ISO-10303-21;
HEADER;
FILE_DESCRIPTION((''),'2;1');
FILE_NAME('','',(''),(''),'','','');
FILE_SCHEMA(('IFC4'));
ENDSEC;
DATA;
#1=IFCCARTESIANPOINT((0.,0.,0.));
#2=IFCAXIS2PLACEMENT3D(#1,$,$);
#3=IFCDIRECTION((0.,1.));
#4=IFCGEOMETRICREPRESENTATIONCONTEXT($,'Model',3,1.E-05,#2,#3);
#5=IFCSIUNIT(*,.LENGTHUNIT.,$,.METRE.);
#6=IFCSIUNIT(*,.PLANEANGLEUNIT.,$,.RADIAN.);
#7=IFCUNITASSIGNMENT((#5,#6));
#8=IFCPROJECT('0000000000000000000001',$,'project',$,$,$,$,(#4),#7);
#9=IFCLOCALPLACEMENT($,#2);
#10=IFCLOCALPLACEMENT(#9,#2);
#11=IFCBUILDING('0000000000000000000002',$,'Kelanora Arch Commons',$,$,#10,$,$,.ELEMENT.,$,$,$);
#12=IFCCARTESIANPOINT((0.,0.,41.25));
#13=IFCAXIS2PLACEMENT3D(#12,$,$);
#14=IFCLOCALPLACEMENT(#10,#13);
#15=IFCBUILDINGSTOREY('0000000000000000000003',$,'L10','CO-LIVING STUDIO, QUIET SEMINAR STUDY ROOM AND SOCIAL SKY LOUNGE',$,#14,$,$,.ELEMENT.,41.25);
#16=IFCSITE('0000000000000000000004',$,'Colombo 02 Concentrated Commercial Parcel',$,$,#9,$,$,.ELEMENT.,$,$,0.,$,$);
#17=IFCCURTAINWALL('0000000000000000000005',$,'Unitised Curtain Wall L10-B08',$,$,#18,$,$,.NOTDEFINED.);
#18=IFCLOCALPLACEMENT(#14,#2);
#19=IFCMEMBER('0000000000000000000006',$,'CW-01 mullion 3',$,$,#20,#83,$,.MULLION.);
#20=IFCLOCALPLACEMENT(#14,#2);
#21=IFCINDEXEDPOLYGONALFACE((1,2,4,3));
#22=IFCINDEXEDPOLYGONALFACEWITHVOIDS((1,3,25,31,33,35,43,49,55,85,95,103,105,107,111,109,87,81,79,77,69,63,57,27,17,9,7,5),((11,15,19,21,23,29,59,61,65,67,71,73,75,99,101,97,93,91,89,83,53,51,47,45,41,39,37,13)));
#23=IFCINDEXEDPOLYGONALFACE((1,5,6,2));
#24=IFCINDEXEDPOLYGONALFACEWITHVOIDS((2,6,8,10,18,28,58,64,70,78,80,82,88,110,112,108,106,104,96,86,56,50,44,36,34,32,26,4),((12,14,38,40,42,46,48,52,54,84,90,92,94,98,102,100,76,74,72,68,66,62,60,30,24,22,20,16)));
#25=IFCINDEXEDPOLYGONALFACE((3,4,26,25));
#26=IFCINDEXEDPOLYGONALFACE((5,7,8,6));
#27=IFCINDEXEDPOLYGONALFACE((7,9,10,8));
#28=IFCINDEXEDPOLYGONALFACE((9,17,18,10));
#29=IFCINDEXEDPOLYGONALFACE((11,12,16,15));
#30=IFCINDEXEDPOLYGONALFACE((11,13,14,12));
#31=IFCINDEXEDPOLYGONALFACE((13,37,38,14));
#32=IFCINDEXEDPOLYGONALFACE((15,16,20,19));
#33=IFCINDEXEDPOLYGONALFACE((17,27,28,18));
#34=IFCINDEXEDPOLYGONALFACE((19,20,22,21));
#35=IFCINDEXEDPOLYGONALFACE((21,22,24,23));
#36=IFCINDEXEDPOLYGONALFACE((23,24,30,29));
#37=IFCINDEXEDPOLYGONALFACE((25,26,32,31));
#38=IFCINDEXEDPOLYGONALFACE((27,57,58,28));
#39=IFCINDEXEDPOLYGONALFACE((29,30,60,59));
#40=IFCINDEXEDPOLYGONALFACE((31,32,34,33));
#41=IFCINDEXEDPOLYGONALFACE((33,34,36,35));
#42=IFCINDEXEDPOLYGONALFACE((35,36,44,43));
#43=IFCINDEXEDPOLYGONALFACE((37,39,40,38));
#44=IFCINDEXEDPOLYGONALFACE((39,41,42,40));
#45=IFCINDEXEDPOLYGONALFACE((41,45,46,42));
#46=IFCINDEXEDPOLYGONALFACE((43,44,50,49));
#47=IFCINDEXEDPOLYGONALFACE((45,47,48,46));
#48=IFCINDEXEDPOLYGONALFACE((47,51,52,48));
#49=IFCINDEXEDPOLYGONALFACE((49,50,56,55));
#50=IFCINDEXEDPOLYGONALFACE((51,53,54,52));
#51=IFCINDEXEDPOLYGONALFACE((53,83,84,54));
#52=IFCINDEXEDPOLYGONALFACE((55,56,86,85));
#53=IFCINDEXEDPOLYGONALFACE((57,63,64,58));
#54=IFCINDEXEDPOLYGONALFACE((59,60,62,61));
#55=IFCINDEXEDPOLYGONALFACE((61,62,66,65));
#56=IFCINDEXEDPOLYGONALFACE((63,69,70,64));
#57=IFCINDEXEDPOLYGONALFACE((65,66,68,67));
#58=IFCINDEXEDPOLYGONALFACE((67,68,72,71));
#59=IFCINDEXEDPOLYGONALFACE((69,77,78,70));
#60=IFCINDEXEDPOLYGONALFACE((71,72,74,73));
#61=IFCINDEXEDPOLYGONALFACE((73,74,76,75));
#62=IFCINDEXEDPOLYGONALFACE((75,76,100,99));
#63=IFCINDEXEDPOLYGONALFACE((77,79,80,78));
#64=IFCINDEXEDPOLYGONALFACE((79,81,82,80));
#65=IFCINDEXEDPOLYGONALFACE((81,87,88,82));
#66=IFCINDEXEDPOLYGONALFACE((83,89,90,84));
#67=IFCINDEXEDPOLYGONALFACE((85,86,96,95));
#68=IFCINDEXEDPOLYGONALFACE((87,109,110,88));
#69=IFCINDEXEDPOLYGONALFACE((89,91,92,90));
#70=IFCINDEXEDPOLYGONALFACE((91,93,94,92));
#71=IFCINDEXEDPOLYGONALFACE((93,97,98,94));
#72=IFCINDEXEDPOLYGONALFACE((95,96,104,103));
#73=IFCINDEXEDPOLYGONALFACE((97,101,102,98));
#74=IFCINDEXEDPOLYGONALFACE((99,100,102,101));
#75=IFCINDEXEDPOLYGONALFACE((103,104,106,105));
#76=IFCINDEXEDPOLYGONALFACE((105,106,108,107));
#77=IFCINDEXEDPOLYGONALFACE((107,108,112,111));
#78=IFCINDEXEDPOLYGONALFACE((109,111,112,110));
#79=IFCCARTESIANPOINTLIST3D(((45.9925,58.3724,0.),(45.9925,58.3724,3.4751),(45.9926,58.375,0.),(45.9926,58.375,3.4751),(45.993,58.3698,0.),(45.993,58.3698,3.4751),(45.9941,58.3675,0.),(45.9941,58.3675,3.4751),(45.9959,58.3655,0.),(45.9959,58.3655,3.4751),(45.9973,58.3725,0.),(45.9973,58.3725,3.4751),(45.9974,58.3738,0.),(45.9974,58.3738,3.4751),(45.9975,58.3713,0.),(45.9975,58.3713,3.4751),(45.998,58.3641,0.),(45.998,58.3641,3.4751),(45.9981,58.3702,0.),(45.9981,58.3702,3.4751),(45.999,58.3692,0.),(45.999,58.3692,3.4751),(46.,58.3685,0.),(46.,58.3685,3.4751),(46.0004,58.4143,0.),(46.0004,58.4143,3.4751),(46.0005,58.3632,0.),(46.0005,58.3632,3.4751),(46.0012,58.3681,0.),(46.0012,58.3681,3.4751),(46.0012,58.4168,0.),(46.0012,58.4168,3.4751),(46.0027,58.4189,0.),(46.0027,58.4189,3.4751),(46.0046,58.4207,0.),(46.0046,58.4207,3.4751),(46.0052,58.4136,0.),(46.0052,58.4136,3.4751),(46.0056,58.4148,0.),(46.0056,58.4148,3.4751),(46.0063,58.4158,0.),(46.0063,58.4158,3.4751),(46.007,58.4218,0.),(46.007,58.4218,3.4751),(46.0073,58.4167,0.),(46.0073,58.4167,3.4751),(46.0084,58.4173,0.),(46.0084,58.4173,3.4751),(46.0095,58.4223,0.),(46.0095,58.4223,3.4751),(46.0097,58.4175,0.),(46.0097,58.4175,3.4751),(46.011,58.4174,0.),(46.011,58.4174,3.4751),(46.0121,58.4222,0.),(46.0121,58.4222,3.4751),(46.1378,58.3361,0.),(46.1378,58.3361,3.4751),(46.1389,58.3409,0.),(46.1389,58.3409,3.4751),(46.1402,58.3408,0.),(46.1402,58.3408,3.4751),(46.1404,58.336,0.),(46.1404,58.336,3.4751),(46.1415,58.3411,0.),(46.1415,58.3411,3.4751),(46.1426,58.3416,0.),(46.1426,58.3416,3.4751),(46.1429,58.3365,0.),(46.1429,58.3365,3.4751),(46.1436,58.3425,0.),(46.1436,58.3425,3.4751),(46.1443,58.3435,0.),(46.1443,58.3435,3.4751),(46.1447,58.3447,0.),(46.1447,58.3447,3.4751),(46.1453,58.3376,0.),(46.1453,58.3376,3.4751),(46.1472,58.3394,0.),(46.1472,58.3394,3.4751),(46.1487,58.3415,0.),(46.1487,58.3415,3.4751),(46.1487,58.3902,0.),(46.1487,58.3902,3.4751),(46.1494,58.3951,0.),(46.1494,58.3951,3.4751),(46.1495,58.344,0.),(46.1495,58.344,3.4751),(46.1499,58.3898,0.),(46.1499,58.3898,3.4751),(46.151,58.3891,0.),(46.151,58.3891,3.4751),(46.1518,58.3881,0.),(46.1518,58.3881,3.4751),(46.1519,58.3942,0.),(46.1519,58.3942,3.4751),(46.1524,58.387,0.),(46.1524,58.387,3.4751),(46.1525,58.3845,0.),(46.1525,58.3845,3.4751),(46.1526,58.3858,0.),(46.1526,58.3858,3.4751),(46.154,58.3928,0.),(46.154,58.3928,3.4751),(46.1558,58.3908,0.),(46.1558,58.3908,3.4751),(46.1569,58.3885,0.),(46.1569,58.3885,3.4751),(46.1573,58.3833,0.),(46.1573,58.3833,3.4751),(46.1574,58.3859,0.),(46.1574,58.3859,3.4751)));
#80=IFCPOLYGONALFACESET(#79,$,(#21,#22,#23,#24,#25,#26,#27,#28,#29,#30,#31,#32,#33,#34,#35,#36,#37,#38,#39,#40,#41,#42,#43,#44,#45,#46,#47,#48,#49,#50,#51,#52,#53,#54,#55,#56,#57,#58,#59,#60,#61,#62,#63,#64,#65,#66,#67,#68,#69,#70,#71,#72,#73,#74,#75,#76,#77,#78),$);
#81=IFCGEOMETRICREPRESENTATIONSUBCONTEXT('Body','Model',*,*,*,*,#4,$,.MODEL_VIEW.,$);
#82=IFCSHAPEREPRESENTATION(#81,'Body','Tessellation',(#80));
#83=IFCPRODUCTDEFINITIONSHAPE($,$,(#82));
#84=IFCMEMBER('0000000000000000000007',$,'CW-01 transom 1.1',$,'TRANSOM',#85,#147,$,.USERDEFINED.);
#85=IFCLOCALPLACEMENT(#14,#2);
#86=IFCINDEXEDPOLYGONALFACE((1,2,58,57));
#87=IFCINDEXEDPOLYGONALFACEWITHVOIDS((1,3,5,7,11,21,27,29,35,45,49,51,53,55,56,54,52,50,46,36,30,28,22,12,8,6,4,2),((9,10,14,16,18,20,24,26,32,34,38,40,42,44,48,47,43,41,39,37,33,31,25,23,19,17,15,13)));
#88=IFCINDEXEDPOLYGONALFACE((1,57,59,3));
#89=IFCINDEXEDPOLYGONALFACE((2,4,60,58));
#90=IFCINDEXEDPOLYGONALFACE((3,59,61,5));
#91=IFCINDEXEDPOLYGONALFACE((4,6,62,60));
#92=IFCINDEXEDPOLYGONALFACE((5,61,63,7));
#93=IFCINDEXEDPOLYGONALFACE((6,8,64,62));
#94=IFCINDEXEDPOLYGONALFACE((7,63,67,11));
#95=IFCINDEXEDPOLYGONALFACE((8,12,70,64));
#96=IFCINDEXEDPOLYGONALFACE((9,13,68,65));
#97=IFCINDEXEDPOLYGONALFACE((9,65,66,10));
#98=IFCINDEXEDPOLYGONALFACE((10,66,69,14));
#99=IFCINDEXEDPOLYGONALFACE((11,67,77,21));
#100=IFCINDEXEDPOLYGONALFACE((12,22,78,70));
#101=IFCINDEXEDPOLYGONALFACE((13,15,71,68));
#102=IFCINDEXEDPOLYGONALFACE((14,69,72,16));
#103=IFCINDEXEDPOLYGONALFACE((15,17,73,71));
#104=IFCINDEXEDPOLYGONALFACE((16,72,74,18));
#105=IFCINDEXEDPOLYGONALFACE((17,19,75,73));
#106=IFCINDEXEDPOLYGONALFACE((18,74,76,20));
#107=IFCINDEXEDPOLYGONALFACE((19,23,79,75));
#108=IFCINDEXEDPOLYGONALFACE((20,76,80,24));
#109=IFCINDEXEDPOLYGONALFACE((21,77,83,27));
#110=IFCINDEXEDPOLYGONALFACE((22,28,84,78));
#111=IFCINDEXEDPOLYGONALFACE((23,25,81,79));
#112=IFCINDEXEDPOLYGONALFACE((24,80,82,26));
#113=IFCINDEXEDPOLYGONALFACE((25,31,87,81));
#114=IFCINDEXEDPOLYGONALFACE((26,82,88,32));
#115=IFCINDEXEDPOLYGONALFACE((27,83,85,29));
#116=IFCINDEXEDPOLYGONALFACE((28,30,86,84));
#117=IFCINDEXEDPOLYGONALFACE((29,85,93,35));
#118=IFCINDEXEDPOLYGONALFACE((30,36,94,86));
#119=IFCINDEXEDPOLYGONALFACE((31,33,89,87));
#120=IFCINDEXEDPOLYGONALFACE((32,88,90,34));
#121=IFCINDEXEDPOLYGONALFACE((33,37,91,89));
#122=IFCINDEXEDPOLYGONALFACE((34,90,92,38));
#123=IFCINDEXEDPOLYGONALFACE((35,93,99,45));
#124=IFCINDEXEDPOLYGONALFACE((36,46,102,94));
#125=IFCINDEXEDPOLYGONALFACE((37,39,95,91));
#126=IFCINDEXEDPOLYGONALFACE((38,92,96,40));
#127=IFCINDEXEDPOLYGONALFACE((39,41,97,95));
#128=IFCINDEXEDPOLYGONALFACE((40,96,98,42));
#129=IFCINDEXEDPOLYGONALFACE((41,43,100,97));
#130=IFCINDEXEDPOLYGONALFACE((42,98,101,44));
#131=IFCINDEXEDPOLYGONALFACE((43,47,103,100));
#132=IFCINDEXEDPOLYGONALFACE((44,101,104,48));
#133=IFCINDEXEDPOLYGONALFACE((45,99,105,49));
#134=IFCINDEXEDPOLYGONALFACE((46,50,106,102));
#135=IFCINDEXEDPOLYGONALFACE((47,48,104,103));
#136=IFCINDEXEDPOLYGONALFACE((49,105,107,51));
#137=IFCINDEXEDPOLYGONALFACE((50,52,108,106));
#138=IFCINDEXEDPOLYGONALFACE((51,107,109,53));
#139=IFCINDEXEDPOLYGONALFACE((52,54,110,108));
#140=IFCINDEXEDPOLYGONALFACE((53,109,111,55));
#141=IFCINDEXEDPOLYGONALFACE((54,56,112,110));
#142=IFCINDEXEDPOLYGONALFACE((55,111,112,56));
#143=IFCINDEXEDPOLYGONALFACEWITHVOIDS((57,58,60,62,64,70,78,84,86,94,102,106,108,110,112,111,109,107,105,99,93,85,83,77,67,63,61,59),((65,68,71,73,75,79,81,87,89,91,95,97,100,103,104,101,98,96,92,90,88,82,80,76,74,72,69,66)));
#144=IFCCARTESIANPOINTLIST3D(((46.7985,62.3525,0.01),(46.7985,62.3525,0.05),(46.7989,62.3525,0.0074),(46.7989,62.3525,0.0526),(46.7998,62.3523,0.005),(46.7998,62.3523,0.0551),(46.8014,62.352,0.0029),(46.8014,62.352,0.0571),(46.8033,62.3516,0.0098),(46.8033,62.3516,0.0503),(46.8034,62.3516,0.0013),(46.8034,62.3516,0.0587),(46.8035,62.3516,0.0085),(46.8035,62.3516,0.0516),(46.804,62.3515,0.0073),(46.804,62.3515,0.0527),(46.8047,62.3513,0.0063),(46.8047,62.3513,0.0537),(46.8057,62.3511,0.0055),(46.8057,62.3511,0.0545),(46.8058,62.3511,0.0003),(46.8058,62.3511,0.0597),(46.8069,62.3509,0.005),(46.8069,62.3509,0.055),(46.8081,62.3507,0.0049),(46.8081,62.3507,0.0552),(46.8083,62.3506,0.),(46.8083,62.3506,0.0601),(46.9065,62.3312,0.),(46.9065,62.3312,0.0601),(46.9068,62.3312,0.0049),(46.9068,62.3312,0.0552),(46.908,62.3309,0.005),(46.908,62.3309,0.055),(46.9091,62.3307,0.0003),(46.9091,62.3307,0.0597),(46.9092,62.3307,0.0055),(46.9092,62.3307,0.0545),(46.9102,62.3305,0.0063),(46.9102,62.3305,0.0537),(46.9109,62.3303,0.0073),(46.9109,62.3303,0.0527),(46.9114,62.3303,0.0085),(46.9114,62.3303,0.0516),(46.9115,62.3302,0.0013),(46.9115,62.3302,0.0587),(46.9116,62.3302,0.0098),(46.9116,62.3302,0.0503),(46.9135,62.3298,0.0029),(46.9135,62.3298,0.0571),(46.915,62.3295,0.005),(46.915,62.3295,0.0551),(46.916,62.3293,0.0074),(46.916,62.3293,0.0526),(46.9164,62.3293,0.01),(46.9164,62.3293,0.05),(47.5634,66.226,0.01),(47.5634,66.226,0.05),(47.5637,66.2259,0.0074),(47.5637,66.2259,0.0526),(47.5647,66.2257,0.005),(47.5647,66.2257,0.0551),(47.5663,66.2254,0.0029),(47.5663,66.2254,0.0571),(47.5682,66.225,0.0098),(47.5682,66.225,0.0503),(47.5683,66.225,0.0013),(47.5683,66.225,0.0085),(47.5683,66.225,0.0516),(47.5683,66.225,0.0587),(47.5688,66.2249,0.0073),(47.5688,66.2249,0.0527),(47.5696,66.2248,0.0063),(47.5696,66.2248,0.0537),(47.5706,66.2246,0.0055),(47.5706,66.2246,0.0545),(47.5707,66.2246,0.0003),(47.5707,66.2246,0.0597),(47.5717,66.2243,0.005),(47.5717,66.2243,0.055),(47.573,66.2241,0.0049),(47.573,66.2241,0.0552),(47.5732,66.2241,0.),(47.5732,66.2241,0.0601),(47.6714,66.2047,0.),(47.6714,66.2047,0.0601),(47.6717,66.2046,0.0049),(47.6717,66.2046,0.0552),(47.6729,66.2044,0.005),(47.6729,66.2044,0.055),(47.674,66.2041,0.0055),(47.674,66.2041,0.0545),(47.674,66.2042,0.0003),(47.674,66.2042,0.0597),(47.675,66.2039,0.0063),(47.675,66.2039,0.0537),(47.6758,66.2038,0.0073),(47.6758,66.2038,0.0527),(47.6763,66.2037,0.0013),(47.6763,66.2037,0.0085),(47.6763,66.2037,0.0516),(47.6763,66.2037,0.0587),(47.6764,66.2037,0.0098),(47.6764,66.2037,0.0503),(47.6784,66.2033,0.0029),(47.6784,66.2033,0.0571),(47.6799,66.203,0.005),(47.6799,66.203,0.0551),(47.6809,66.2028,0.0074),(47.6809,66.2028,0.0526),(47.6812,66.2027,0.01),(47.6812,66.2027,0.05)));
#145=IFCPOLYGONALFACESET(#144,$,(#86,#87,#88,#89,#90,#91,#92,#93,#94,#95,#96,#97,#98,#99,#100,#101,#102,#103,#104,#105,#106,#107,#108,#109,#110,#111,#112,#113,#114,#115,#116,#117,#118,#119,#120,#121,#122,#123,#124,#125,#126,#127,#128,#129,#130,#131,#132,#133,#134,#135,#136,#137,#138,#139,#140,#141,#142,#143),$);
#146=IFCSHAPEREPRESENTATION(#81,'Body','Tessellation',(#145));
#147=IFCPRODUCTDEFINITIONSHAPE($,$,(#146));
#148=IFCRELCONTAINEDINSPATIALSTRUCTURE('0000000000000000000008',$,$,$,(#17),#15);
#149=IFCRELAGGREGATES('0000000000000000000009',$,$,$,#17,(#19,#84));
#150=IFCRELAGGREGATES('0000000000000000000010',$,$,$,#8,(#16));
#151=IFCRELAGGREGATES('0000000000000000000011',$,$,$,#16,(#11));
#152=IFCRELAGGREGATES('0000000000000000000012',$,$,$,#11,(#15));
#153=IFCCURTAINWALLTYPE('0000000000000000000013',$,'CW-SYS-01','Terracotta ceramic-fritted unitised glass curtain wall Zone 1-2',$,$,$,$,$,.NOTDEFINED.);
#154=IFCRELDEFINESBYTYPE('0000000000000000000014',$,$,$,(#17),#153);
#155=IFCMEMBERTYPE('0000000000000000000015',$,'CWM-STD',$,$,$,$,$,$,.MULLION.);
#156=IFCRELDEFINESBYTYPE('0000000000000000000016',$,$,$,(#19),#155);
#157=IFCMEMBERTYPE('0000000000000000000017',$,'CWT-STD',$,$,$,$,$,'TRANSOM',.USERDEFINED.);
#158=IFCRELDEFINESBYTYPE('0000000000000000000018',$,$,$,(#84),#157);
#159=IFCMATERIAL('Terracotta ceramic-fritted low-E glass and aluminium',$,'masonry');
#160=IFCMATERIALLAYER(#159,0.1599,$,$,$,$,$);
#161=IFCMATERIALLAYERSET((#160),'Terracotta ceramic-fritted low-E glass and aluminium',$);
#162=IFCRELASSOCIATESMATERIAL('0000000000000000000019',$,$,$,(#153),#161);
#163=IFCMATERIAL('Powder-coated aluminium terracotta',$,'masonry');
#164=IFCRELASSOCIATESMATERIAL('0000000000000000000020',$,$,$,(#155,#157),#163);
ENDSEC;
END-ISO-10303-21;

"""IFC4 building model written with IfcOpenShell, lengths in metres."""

from ifc_helpers import new_model, si_unit, direction, frame, origin, origin_2d, place, context, subcontext, project, spatial, hollow_rectangle, extrude, material, layer, layer_set, material_profile, profile_set, type_object, element, aggregate, save


model = new_model("IFC4")

# Units and contexts
model_context = context("Model", 3, precision=1e-05, world=origin(), true_north=direction((0.0, 1.0)))
body_context = subcontext(model_context, "Body", "Model", "MODEL_VIEW")
ifc_project = project(units=[si_unit("LENGTHUNIT", "METRE"), si_unit("PLANEANGLEUNIT", "RADIAN")], contexts=[model_context])

# Site, building, storey
site_placement = place(None, origin())
site = spatial("IfcSite", under=ifc_project, at=site_placement, Name="Colombo 02 Concentrated Commercial Parcel", CompositionType="ELEMENT", RefElevation=0.0)
building_placement = place(site_placement, origin())
building = spatial("IfcBuilding", under=site, at=building_placement, Name="Kelanora Arch Commons", CompositionType="ELEMENT")
storey_placement = place(building_placement, frame((0.0, 0.0, 41.25)))
storey = spatial("IfcBuildingStorey", under=building, at=storey_placement, Name="L10", Description="CO-LIVING STUDIO, QUIET SEMINAR STUDY ROOM AND SOCIAL SKY LOUNGE", CompositionType="ELEMENT", Elevation=41.25)

# Curtain wall, members
ifc_material_1 = material(Name="Terracotta ceramic-fritted low-E glass and aluminium", Category="masonry")
ifc_layer_1 = layer(ifc_material_1, 0.1599)
ifc_layer_set_1 = layer_set([ifc_layer_1], Name="Terracotta ceramic-fritted low-E glass and aluminium")
curtain_wall_type = type_object("IfcCurtainWallType", Name="CW-SYS-01", Description="Terracotta ceramic-fritted unitised glass curtain wall Zone 1-2", PredefinedType="NOTDEFINED", material=ifc_layer_set_1)
curtain_wall_placement = place(storey_placement, origin())
curtain_wall = element("IfcCurtainWall", 1, at=curtain_wall_placement, inside=storey, type_object=curtain_wall_type, Name="Unitised Curtain Wall L10-B08", PredefinedType="NOTDEFINED")
ifc_material_2 = material(Name="Powder-coated aluminium terracotta", Category="masonry")
ifc_material_profile_1 = material_profile(ifc_material_2, hollow_rectangle(XDim=0.1599, YDim=0.0601, WallThickness=0.0049, InnerFilletRadius=0.0049, OuterFilletRadius=0.01, at=origin_2d()), Name="CWM160x60")
ifc_profile_set_1 = profile_set([ifc_material_profile_1], Name="Powder-coated aluminium terracotta")
member_type_1 = type_object("IfcMemberType", Name="CWM-STD", PredefinedType="MULLION", material=ifc_profile_set_1)
member_1_placement = place(storey_placement, frame((46.075, 58.3792, 0.0), z_axis=(0.0, 0.0, 1.0), x_axis=(0.981052, -0.193744, 0.0)))
member_1 = element("IfcMember", 2, at=member_1_placement, type_object=member_type_1, Name="CW-01 mullion 3", PredefinedType="MULLION", context=body_context, shape_type="SweptSolid", body=[
    extrude(hollow_rectangle(XDim=0.1599, YDim=0.0601, WallThickness=0.0049, InnerFilletRadius=0.0049, OuterFilletRadius=0.01, at=origin_2d()), origin(), (0.0, 0.0, 1.0), 3.4751),
])
ifc_material_profile_2 = material_profile(ifc_material_2, hollow_rectangle(XDim=0.1201, YDim=0.0601, WallThickness=0.0049, InnerFilletRadius=0.0049, OuterFilletRadius=0.01, at=origin_2d()), Name="CWT120x60")
ifc_profile_set_2 = profile_set([ifc_material_profile_2], Name="Powder-coated aluminium terracotta")
member_type_2 = type_object("IfcMemberType", Name="CWT-STD", ElementType="TRANSOM", PredefinedType="USERDEFINED", material=ifc_profile_set_2)
member_2_placement = place(storey_placement, frame((47.6223, 66.2144, 0.03), z_axis=(-0.193725, -0.981056, 0.0), x_axis=(0.981056, -0.193725, 0.0)))
member_2 = element("IfcMember", 3, at=member_2_placement, type_object=member_type_2, Name="CW-01 transom 1.1", ObjectType="TRANSOM", PredefinedType="USERDEFINED", context=body_context, shape_type="SweptSolid", body=[
    extrude(hollow_rectangle(XDim=0.1201, YDim=0.0601, WallThickness=0.0049, InnerFilletRadius=0.0049, OuterFilletRadius=0.01, at=origin_2d()), origin(), (0.0, 0.0, 1.0), 3.9482),
])
aggregate(curtain_wall, [member_1, member_2])

save(model, "model.ifc")
